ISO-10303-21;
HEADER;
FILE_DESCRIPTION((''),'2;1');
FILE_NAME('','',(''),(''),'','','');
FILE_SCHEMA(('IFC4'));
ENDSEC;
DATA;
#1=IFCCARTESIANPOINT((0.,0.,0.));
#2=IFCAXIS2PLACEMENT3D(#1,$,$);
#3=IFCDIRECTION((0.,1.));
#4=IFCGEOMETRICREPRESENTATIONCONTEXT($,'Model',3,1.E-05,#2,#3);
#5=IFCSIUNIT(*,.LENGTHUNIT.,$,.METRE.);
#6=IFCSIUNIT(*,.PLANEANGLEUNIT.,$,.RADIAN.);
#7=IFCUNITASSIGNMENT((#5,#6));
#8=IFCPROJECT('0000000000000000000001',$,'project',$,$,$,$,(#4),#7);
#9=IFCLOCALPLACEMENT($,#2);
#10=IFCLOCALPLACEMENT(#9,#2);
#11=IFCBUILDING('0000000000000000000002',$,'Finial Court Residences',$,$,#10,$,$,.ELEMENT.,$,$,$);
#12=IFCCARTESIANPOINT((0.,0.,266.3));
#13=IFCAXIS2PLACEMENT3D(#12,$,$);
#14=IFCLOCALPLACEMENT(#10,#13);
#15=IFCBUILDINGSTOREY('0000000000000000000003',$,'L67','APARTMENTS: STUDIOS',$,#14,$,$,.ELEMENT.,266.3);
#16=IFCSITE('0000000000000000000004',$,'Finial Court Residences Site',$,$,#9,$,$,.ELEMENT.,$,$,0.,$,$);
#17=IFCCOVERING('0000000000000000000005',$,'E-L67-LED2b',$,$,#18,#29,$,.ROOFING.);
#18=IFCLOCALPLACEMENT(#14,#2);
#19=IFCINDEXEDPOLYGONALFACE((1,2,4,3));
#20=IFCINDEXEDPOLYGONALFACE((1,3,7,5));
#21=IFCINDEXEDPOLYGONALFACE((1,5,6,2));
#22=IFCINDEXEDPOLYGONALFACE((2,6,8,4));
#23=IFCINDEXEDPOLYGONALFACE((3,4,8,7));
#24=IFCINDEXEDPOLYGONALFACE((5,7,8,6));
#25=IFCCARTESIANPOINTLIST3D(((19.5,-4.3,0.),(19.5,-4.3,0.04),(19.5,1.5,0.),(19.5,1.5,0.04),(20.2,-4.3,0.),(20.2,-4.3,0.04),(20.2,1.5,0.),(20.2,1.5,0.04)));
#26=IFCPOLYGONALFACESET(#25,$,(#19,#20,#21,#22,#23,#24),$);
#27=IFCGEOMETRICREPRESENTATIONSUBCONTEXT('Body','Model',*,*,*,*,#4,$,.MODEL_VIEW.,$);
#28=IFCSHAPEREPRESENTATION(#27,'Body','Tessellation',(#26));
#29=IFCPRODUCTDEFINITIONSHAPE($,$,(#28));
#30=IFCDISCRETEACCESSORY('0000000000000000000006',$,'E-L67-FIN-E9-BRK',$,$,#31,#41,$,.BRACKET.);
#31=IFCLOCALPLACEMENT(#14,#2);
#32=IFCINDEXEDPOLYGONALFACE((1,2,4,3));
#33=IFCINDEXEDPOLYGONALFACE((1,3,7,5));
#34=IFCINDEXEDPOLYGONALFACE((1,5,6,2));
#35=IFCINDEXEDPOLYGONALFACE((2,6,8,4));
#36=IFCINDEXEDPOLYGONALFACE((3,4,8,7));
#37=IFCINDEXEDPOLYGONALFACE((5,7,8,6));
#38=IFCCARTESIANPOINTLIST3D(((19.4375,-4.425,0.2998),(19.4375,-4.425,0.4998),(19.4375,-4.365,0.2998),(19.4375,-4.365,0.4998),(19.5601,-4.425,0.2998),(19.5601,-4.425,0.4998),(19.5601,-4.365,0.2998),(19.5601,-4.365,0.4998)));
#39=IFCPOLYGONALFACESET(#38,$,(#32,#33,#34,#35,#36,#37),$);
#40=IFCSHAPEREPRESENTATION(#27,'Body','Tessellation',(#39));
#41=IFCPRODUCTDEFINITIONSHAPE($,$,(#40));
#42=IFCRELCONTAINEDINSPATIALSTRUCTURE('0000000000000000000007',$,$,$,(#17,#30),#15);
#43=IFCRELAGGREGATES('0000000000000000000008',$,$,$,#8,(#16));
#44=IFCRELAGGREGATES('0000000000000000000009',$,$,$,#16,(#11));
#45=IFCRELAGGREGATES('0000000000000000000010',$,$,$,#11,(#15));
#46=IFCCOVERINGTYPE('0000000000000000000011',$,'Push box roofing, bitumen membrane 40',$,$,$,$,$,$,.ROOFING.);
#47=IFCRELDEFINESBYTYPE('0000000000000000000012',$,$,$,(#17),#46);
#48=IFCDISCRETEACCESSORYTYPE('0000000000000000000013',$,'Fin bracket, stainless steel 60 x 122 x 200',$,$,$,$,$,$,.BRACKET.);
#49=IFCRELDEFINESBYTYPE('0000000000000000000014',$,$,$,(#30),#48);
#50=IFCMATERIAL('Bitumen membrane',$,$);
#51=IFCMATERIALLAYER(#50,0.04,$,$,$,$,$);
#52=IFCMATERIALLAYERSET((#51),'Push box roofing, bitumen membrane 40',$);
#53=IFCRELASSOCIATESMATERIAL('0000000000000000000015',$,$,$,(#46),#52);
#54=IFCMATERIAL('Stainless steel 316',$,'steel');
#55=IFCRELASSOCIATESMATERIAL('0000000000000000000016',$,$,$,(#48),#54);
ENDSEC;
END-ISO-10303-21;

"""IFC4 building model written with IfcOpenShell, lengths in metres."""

from ifc_helpers import new_model, si_unit, direction, frame, origin, origin_2d, place, context, subcontext, project, spatial, polyline, rectangle, outline, extrude, material, layer, layer_set, type_object, element, save


model = new_model("IFC4")

# Units and contexts
model_context = context("Model", 3, precision=1e-05, world=origin(), true_north=direction((0.0, 1.0)))
body_context = subcontext(model_context, "Body", "Model", "MODEL_VIEW")
ifc_project = project(units=[si_unit("LENGTHUNIT", "METRE"), si_unit("PLANEANGLEUNIT", "RADIAN")], contexts=[model_context])

# Site, building, storey
site_placement = place(None, origin())
site = spatial("IfcSite", under=ifc_project, at=site_placement, Name="Finial Court Residences Site", CompositionType="ELEMENT", RefElevation=0.0)
building_placement = place(site_placement, origin())
building = spatial("IfcBuilding", under=site, at=building_placement, Name="Finial Court Residences", CompositionType="ELEMENT")
storey_placement = place(building_placement, frame((0.0, 0.0, 266.3)))
storey = spatial("IfcBuildingStorey", under=building, at=storey_placement, Name="L67", Description="APARTMENTS: STUDIOS", CompositionType="ELEMENT", Elevation=266.3)

# Covering
ifc_material_1 = material(Name="Bitumen membrane")
ifc_layer_1 = layer(ifc_material_1, 0.04)
ifc_layer_set_1 = layer_set([ifc_layer_1], Name="Push box roofing, bitumen membrane 40")
covering_type_1 = type_object("IfcCoveringType", Name="Push box roofing, bitumen membrane 40", PredefinedType="ROOFING", material=ifc_layer_set_1)
covering_1_placement = place(storey_placement, origin())
element("IfcCovering", 1, at=covering_1_placement, inside=storey, type_object=covering_type_1, Name="E-L67-LED2b", PredefinedType="ROOFING", context=body_context, shape_type="SweptSolid", body=[
    extrude(outline(polyline([(19.5, 1.5), (20.2, 1.5), (20.2, -4.3), (19.5, -4.3), (19.5, 1.5)])), origin(), (0.0, 0.0, 1.0), 0.04),
])

# Discrete accessory
ifc_material_2 = material(Name="Stainless steel 316", Category="steel")
discrete_accessory_type = type_object("IfcDiscreteAccessoryType", Name="Fin bracket, stainless steel 60 x 122 x 200", PredefinedType="BRACKET", material=ifc_material_2)
discrete_accessory_placement = place(storey_placement, frame((19.4988, -4.395, 0.2998), z_axis=(0.0, 0.0, 1.0), x_axis=(1.0, 0.0, 0.0)))
element("IfcDiscreteAccessory", 2, at=discrete_accessory_placement, inside=storey, type_object=discrete_accessory_type, Name="E-L67-FIN-E9-BRK", PredefinedType="BRACKET", context=body_context, shape_type="SweptSolid", body=[
    extrude(rectangle(XDim=0.1226, YDim=0.0601, at=origin_2d()), origin(), (0.0, 0.0, 1.0), 0.2),
])

save(model, "model.ifc")
